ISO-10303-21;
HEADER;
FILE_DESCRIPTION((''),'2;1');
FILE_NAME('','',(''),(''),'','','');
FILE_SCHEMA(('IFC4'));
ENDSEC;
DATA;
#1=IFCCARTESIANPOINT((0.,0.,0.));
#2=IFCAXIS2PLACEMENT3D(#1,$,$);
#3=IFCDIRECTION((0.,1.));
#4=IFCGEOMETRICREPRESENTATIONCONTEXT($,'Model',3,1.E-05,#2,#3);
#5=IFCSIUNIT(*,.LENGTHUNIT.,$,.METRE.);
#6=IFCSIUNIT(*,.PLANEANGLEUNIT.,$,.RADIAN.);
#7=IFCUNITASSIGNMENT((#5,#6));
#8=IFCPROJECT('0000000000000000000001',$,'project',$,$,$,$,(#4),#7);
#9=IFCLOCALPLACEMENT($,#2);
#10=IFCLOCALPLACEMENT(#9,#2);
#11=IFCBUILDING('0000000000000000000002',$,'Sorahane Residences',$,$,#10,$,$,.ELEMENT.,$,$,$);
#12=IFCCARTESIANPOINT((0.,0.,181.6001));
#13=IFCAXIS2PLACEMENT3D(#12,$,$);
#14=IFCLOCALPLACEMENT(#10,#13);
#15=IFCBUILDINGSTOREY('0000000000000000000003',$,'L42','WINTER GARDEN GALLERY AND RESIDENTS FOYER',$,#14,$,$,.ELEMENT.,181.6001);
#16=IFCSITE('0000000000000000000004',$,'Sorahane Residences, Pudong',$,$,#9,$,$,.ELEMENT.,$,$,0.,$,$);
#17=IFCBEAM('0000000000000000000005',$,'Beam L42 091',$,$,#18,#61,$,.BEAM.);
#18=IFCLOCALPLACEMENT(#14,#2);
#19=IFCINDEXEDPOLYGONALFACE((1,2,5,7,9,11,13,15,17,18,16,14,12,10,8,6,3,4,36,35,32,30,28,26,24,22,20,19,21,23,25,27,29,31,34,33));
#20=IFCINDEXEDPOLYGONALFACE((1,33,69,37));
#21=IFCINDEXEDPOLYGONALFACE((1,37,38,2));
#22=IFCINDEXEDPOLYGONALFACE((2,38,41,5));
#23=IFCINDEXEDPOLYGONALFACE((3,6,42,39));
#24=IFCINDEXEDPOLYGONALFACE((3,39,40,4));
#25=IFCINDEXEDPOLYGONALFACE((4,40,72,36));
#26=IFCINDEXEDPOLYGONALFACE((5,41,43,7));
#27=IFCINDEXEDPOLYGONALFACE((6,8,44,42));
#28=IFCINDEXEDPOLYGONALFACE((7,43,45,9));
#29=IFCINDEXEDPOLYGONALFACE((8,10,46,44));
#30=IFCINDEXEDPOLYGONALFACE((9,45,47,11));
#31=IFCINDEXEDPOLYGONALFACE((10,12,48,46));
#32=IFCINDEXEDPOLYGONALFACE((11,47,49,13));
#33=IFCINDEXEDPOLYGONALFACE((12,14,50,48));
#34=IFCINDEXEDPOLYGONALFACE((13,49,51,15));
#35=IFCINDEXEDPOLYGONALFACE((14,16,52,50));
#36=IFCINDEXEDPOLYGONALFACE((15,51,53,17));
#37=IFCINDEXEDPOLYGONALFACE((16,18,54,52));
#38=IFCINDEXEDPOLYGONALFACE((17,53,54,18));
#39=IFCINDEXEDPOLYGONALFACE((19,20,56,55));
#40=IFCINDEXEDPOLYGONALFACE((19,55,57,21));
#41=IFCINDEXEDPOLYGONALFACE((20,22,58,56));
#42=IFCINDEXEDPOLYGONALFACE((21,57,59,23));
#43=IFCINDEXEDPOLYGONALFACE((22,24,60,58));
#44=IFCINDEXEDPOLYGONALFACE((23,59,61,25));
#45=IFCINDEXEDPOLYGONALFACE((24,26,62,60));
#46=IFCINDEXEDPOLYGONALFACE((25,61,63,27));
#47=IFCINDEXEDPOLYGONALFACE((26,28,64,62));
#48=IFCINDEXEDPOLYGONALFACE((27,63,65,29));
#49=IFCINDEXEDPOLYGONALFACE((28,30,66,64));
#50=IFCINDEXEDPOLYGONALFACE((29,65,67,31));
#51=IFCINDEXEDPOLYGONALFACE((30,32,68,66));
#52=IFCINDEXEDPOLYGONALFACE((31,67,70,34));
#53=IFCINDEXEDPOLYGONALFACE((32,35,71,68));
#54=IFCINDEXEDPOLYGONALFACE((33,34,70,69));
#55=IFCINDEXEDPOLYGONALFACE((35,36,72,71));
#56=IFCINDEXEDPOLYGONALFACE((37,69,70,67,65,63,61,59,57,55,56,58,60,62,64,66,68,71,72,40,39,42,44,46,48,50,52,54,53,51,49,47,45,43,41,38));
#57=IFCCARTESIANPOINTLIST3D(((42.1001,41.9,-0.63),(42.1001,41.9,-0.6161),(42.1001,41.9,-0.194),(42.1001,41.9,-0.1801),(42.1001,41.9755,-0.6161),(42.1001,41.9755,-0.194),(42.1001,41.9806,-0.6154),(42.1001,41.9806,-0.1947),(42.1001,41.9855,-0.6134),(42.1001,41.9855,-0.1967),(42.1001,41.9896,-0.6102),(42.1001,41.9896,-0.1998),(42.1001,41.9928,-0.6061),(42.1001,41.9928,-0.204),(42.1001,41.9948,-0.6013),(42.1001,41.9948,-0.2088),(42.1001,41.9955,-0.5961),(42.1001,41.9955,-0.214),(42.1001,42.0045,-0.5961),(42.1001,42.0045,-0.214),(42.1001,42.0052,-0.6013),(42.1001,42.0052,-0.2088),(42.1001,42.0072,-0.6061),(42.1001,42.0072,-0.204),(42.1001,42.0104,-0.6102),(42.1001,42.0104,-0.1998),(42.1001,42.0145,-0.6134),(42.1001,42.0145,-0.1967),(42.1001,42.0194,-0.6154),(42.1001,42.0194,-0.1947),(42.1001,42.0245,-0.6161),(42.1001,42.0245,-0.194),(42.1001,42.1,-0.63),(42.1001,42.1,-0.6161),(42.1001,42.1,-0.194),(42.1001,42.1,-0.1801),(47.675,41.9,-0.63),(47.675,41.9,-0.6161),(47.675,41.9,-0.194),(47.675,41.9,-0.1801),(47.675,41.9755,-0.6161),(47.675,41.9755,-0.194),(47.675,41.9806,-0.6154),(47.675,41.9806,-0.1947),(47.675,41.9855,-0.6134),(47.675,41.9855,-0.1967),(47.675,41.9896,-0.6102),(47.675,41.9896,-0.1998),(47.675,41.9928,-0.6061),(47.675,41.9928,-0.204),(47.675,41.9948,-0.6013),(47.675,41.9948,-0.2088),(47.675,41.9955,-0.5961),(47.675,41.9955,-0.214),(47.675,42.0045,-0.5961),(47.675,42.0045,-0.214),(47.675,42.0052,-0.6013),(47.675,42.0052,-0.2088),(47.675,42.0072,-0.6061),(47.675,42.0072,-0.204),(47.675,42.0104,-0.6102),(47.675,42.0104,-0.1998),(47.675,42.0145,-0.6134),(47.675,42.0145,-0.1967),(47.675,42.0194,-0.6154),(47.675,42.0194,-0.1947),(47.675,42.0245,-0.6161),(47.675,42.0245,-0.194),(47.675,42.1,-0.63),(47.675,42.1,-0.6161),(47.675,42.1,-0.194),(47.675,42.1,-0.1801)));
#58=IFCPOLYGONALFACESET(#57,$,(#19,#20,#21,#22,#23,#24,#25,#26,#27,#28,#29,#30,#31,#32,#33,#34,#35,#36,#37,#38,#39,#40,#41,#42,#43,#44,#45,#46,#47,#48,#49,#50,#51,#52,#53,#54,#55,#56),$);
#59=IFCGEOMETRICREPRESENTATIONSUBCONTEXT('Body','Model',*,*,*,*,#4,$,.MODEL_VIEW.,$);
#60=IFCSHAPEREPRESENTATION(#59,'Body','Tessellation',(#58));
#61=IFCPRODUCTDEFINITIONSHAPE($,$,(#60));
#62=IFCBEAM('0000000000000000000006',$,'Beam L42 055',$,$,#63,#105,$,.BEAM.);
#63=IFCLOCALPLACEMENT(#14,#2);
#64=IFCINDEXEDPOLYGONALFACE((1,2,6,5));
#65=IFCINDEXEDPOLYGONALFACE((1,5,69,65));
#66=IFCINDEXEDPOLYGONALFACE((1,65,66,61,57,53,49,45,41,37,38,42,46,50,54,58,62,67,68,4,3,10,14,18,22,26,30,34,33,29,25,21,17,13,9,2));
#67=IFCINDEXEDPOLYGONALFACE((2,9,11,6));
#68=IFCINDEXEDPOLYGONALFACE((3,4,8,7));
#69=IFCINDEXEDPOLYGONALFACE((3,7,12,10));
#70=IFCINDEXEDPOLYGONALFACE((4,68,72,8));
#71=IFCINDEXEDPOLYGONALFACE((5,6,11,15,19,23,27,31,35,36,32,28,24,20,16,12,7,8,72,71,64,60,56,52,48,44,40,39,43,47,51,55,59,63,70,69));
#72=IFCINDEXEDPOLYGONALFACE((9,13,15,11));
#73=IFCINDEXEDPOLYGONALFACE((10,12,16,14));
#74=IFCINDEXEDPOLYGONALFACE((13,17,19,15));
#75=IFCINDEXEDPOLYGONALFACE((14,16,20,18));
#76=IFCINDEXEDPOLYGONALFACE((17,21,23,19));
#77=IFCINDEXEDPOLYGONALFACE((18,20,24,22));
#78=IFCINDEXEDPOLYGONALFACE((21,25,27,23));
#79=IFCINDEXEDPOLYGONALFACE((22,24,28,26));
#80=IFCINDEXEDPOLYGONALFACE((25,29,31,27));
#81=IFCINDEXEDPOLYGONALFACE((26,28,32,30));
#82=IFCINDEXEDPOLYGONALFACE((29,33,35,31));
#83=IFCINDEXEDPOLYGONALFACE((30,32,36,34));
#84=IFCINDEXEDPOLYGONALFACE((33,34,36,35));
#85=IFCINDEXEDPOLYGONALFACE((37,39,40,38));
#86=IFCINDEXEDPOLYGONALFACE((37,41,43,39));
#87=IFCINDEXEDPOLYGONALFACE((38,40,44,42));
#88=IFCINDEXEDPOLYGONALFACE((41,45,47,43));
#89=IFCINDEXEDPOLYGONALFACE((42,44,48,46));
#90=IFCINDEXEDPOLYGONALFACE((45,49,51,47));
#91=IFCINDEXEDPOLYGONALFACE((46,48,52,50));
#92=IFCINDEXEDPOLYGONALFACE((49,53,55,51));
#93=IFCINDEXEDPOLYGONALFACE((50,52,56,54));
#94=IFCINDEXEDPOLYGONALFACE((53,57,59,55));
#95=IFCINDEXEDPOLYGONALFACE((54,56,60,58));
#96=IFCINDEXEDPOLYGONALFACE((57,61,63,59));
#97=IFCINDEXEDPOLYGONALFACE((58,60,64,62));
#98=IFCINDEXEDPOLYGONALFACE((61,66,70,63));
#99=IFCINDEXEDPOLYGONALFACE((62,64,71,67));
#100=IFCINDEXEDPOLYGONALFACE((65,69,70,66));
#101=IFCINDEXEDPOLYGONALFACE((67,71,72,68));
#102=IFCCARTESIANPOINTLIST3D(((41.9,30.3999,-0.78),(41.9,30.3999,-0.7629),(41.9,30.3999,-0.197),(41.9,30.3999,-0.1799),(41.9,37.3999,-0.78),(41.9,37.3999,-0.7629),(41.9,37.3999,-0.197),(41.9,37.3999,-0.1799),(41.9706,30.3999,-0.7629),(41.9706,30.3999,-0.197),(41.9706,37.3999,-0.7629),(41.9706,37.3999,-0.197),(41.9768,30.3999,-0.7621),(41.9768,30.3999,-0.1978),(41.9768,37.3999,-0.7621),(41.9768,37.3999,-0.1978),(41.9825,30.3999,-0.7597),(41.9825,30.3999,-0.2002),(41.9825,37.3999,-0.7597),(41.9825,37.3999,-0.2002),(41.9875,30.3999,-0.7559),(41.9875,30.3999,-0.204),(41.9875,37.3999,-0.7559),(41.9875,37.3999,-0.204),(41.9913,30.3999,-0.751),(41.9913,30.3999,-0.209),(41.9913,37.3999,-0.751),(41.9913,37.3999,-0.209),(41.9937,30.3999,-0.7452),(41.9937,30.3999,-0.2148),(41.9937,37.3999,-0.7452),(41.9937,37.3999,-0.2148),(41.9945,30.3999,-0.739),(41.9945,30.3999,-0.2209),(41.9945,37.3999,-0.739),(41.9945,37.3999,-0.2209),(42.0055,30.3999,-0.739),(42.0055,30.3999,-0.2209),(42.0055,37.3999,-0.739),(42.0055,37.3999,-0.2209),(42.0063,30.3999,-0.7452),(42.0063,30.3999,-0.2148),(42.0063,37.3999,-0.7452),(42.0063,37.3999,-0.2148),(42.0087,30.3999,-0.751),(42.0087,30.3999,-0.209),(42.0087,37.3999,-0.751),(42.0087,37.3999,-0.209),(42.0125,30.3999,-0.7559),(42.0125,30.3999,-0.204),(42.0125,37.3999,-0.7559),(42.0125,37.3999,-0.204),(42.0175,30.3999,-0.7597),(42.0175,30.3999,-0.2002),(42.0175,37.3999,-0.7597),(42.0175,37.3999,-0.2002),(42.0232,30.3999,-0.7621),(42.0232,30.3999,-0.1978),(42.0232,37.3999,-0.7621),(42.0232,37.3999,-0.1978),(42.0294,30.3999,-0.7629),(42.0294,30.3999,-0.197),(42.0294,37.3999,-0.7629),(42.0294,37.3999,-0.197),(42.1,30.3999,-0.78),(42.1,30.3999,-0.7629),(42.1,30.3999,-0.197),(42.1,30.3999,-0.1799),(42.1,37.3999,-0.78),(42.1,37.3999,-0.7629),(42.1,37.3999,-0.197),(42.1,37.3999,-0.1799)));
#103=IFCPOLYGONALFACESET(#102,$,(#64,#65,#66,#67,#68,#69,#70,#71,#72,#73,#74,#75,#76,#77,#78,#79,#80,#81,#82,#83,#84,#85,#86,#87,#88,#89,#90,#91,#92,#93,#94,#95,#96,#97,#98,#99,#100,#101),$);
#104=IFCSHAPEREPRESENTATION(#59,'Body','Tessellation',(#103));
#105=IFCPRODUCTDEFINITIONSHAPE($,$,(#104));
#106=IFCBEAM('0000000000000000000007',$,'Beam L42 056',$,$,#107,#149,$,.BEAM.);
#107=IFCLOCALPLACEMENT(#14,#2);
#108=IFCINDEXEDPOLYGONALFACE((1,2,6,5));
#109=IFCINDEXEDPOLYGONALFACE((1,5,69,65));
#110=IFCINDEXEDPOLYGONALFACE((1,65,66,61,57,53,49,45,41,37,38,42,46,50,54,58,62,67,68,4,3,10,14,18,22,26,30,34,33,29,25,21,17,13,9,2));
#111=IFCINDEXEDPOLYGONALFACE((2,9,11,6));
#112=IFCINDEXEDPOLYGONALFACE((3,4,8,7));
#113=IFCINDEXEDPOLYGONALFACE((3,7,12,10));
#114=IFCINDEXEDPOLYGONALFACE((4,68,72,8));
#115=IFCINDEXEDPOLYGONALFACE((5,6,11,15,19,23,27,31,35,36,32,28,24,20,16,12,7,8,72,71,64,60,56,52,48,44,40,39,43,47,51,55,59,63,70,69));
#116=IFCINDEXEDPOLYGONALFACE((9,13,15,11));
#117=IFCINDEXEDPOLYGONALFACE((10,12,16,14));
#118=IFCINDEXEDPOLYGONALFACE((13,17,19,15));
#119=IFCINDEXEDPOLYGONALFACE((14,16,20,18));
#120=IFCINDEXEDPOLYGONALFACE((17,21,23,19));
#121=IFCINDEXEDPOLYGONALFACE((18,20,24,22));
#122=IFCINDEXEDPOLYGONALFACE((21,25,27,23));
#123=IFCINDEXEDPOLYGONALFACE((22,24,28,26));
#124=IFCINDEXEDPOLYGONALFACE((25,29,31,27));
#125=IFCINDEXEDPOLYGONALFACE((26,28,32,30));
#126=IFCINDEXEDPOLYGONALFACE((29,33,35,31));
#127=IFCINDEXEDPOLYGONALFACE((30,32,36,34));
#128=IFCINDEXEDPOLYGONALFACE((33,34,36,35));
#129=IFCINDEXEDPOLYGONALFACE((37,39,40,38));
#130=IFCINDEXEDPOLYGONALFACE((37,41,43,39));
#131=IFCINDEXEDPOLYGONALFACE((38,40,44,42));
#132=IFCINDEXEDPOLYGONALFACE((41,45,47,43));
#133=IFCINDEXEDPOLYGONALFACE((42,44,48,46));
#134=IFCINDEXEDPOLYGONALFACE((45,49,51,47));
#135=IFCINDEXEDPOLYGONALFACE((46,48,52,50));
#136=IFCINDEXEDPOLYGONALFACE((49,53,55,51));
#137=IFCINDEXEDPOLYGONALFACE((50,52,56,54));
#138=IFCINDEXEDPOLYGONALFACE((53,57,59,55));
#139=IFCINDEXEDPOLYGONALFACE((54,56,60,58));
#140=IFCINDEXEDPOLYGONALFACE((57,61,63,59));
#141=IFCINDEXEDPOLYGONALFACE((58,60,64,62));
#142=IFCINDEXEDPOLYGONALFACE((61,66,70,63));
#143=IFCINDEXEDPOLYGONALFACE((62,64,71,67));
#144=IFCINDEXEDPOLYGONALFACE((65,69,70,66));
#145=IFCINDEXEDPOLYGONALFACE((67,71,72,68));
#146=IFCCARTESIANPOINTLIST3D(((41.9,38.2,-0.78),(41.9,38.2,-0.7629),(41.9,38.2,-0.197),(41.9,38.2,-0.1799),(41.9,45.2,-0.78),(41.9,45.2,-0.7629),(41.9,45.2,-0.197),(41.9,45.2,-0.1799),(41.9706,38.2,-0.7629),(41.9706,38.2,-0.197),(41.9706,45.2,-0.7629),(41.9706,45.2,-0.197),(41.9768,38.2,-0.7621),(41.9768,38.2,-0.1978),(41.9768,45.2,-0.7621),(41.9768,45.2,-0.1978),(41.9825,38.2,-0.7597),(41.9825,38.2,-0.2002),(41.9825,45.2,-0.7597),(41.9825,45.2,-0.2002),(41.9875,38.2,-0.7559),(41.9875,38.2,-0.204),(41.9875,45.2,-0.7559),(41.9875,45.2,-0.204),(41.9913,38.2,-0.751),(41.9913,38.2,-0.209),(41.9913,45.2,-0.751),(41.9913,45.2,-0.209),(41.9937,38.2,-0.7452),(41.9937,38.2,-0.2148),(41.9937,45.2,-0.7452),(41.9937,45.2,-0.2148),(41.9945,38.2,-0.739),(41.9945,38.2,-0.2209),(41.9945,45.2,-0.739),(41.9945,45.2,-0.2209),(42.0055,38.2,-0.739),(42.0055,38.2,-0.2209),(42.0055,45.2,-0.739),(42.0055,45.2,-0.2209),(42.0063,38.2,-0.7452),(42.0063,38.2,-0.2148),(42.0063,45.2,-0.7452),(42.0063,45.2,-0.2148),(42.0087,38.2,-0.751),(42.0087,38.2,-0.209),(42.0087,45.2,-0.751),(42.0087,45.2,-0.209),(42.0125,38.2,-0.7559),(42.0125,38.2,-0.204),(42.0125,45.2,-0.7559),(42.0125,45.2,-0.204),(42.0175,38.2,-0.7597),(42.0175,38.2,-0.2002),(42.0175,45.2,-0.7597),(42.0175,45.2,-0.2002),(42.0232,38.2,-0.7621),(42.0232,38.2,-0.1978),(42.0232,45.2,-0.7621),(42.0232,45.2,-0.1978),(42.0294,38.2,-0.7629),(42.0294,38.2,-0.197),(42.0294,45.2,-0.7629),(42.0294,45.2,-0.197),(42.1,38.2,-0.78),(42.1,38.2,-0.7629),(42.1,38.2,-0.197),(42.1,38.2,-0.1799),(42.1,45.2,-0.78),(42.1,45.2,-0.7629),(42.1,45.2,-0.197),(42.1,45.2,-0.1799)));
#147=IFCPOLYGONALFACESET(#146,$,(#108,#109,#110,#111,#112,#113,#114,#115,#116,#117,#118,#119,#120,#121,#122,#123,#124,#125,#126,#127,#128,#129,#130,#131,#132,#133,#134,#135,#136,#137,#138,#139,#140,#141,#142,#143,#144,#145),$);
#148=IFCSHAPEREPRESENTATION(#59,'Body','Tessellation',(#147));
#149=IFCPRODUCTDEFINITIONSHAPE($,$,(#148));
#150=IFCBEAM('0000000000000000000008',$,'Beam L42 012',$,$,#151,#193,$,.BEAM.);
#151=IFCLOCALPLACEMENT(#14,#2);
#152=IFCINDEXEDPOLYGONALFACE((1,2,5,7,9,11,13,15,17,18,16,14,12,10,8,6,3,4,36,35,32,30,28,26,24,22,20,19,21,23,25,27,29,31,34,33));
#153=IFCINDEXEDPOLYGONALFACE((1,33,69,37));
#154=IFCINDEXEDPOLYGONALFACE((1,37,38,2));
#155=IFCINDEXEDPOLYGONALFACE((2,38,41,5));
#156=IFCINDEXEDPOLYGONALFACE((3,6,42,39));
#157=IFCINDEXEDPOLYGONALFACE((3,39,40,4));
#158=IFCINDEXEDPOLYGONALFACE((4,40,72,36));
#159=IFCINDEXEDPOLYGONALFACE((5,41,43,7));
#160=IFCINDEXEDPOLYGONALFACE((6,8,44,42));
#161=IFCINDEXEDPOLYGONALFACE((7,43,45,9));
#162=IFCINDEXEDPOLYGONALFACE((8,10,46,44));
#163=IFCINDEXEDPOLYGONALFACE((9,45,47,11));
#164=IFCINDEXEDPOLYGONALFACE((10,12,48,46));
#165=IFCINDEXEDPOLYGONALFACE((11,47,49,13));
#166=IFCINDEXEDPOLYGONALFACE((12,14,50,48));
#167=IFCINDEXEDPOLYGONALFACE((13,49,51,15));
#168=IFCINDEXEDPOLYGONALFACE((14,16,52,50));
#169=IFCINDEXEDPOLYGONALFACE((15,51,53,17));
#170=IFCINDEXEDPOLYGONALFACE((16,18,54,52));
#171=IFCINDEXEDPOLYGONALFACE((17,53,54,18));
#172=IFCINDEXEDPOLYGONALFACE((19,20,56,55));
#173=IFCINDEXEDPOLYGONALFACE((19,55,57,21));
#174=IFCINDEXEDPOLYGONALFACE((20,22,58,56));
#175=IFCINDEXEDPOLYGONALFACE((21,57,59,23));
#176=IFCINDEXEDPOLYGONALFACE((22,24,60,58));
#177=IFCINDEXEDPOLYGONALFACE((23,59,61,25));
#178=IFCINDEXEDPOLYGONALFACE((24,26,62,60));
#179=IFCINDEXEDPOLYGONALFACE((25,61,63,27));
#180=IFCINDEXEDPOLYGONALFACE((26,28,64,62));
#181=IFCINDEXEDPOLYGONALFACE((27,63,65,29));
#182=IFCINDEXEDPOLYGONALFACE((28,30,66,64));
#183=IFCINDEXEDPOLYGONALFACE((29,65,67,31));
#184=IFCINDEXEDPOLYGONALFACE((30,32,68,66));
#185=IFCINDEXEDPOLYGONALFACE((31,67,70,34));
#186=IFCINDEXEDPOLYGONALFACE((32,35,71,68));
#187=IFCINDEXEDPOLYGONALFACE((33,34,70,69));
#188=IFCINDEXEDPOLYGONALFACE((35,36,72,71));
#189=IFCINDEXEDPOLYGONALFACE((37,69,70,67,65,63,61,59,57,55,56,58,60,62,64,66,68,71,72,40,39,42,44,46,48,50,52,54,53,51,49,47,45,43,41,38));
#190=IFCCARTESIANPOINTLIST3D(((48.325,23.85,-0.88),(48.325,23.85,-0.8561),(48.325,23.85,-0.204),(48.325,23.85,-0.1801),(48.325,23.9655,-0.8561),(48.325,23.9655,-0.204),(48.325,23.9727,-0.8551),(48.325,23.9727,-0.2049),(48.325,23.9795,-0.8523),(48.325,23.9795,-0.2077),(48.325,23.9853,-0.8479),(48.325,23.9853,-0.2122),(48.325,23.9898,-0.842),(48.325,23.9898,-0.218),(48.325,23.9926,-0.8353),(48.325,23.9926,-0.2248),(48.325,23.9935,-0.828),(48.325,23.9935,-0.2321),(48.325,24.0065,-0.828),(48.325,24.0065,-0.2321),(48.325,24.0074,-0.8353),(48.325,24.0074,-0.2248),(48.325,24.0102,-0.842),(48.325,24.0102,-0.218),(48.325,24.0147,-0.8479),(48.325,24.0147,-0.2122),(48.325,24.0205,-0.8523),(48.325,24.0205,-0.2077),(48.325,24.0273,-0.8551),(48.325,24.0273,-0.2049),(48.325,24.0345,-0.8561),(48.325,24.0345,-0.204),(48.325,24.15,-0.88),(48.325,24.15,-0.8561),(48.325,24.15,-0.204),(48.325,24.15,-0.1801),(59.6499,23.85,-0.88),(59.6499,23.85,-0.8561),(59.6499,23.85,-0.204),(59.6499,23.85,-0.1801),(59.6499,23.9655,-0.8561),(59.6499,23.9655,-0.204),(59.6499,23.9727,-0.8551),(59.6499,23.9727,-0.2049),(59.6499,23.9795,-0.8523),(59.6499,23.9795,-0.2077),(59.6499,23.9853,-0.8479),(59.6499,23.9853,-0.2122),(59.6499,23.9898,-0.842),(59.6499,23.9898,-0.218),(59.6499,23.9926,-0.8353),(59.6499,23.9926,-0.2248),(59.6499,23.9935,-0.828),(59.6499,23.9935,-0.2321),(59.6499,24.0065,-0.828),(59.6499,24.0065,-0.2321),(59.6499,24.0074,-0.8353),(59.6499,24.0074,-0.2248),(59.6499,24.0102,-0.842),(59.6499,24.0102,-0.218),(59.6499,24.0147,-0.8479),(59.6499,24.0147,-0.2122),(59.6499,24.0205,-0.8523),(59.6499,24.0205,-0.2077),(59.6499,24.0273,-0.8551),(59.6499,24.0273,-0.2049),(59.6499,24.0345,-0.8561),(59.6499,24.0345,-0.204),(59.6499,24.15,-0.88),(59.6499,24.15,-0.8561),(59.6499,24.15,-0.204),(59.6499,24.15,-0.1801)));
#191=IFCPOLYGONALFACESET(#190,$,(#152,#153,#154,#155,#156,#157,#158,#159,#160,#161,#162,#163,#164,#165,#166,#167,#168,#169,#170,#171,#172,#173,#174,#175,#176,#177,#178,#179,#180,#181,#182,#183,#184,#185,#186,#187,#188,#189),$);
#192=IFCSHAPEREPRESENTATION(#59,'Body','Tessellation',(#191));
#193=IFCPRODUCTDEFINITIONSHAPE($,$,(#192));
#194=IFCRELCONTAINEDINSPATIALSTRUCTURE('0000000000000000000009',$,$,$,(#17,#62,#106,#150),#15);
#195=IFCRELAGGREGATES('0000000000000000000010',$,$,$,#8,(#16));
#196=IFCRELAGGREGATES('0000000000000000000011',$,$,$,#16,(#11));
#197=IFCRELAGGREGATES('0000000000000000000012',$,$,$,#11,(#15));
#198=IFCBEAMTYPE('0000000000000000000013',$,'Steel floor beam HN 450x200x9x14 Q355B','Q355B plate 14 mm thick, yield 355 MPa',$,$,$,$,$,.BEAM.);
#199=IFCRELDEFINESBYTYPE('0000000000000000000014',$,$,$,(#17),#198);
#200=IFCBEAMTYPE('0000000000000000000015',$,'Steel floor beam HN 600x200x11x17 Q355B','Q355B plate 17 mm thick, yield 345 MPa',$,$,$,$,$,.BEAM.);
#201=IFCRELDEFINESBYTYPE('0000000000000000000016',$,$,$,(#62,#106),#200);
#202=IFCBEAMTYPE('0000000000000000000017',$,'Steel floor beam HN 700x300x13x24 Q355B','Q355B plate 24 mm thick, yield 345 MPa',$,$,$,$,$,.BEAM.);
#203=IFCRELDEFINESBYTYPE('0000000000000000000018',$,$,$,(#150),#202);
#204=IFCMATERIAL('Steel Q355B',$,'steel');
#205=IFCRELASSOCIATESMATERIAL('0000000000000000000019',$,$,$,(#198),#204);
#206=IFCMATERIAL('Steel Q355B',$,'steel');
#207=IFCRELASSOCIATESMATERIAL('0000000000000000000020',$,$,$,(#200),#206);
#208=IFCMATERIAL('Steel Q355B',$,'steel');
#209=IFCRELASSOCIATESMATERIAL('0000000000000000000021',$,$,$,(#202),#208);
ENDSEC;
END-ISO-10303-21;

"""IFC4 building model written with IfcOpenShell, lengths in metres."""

from ifc_helpers import new_model, si_unit, direction, frame, origin, origin_2d, place, context, subcontext, project, spatial, i_section, extrude, material, material_profile, profile_set, type_object, element, save


model = new_model("IFC4")

# Units and contexts
model_context = context("Model", 3, precision=1e-05, world=origin(), true_north=direction((0.0, 1.0)))
body_context = subcontext(model_context, "Body", "Model", "MODEL_VIEW")
ifc_project = project(units=[si_unit("LENGTHUNIT", "METRE"), si_unit("PLANEANGLEUNIT", "RADIAN")], contexts=[model_context])

# Site, building, storey
site_placement = place(None, origin())
site = spatial("IfcSite", under=ifc_project, at=site_placement, Name="Sorahane Residences, Pudong", CompositionType="ELEMENT", RefElevation=0.0)
building_placement = place(site_placement, origin())
building = spatial("IfcBuilding", under=site, at=building_placement, Name="Sorahane Residences", CompositionType="ELEMENT")
storey_placement = place(building_placement, frame((0.0, 0.0, 181.6001)))
storey = spatial("IfcBuildingStorey", under=building, at=storey_placement, Name="L42", Description="WINTER GARDEN GALLERY AND RESIDENTS FOYER", CompositionType="ELEMENT", Elevation=181.6001)

# Beams
ifc_material_1 = material(Name="Steel Q355B", Category="steel")
ifc_material_profile_1 = material_profile(ifc_material_1, i_section(OverallWidth=0.2, OverallDepth=0.45, WebThickness=0.009, FlangeThickness=0.0139, FilletRadius=0.02, at=origin_2d()), Name="HN 450x200x9x14")
ifc_profile_set_1 = profile_set([ifc_material_profile_1], Name="Steel Q355B")
beam_type_1 = type_object("IfcBeamType", Name="Steel floor beam HN 450x200x9x14 Q355B", Description="Q355B plate 14 mm thick, yield 355 MPa", PredefinedType="BEAM", material=ifc_profile_set_1)
beam_1_placement = place(storey_placement, frame((42.1001, 42.0, -0.405), z_axis=(1.0, 0.0, 0.0), x_axis=(0.0, 1.0, 0.0)))
element("IfcBeam", 1, at=beam_1_placement, inside=storey, type_object=beam_type_1, Name="Beam L42 091", PredefinedType="BEAM", context=body_context, shape_type="SweptSolid", body=[
    extrude(i_section(OverallWidth=0.2, OverallDepth=0.45, WebThickness=0.009, FlangeThickness=0.0139, FilletRadius=0.02, at=origin_2d()), origin(), (0.0, 0.0, 1.0), 5.575),
])
ifc_material_2 = material(Name="Steel Q355B", Category="steel")
ifc_material_profile_2 = material_profile(ifc_material_2, i_section(OverallWidth=0.2, OverallDepth=0.6001, WebThickness=0.011, FlangeThickness=0.0171, FilletRadius=0.0239, at=origin_2d()), Name="HN 600x200x11x17")
ifc_profile_set_2 = profile_set([ifc_material_profile_2], Name="Steel Q355B")
beam_type_2 = type_object("IfcBeamType", Name="Steel floor beam HN 600x200x11x17 Q355B", Description="Q355B plate 17 mm thick, yield 345 MPa", PredefinedType="BEAM", material=ifc_profile_set_2)
for number, where, z_axis, x_axis, name in (
    (2, (42.0, 30.3999, -0.48), (0.0, 1.0, 0.0), (-1.0, 0.0, 0.0), "Beam L42 055"),
    (3, (42.0, 38.2, -0.48), (0.0, 1.0, 0.0), (-1.0, 0.0, 0.0), "Beam L42 056"),
):
    element("IfcBeam", number, at=place(storey_placement, frame(where, z_axis=z_axis, x_axis=x_axis)), inside=storey, type_object=beam_type_2, Name=name, PredefinedType="BEAM", context=body_context, shape_type="SweptSolid", body=[
        extrude(i_section(OverallWidth=0.2, OverallDepth=0.6001, WebThickness=0.011, FlangeThickness=0.0171, FilletRadius=0.0239, at=origin_2d()), origin(), (0.0, 0.0, 1.0), 7.0),
    ])
ifc_material_3 = material(Name="Steel Q355B", Category="steel")
ifc_material_profile_3 = material_profile(ifc_material_3, i_section(OverallWidth=0.3, OverallDepth=0.7, WebThickness=0.0129, FlangeThickness=0.0239, FilletRadius=0.0281, at=origin_2d()), Name="HN 700x300x13x24")
ifc_profile_set_3 = profile_set([ifc_material_profile_3], Name="Steel Q355B")
beam_type_3 = type_object("IfcBeamType", Name="Steel floor beam HN 700x300x13x24 Q355B", Description="Q355B plate 24 mm thick, yield 345 MPa", PredefinedType="BEAM", material=ifc_profile_set_3)
for number, where, z_axis, x_axis, name in (
    (4, (48.325, 24.0, -0.53), (1.0, 0.0, 0.0), (0.0, 1.0, 0.0), "Beam L42 012"),
):
    element("IfcBeam", number, at=place(storey_placement, frame(where, z_axis=z_axis, x_axis=x_axis)), inside=storey, type_object=beam_type_3, Name=name, PredefinedType="BEAM", context=body_context, shape_type="SweptSolid", body=[
        extrude(i_section(OverallWidth=0.3, OverallDepth=0.7, WebThickness=0.0129, FlangeThickness=0.0239, FilletRadius=0.0281, at=origin_2d()), origin(), (0.0, 0.0, 1.0), 11.325),
    ])

save(model, "model.ifc")
